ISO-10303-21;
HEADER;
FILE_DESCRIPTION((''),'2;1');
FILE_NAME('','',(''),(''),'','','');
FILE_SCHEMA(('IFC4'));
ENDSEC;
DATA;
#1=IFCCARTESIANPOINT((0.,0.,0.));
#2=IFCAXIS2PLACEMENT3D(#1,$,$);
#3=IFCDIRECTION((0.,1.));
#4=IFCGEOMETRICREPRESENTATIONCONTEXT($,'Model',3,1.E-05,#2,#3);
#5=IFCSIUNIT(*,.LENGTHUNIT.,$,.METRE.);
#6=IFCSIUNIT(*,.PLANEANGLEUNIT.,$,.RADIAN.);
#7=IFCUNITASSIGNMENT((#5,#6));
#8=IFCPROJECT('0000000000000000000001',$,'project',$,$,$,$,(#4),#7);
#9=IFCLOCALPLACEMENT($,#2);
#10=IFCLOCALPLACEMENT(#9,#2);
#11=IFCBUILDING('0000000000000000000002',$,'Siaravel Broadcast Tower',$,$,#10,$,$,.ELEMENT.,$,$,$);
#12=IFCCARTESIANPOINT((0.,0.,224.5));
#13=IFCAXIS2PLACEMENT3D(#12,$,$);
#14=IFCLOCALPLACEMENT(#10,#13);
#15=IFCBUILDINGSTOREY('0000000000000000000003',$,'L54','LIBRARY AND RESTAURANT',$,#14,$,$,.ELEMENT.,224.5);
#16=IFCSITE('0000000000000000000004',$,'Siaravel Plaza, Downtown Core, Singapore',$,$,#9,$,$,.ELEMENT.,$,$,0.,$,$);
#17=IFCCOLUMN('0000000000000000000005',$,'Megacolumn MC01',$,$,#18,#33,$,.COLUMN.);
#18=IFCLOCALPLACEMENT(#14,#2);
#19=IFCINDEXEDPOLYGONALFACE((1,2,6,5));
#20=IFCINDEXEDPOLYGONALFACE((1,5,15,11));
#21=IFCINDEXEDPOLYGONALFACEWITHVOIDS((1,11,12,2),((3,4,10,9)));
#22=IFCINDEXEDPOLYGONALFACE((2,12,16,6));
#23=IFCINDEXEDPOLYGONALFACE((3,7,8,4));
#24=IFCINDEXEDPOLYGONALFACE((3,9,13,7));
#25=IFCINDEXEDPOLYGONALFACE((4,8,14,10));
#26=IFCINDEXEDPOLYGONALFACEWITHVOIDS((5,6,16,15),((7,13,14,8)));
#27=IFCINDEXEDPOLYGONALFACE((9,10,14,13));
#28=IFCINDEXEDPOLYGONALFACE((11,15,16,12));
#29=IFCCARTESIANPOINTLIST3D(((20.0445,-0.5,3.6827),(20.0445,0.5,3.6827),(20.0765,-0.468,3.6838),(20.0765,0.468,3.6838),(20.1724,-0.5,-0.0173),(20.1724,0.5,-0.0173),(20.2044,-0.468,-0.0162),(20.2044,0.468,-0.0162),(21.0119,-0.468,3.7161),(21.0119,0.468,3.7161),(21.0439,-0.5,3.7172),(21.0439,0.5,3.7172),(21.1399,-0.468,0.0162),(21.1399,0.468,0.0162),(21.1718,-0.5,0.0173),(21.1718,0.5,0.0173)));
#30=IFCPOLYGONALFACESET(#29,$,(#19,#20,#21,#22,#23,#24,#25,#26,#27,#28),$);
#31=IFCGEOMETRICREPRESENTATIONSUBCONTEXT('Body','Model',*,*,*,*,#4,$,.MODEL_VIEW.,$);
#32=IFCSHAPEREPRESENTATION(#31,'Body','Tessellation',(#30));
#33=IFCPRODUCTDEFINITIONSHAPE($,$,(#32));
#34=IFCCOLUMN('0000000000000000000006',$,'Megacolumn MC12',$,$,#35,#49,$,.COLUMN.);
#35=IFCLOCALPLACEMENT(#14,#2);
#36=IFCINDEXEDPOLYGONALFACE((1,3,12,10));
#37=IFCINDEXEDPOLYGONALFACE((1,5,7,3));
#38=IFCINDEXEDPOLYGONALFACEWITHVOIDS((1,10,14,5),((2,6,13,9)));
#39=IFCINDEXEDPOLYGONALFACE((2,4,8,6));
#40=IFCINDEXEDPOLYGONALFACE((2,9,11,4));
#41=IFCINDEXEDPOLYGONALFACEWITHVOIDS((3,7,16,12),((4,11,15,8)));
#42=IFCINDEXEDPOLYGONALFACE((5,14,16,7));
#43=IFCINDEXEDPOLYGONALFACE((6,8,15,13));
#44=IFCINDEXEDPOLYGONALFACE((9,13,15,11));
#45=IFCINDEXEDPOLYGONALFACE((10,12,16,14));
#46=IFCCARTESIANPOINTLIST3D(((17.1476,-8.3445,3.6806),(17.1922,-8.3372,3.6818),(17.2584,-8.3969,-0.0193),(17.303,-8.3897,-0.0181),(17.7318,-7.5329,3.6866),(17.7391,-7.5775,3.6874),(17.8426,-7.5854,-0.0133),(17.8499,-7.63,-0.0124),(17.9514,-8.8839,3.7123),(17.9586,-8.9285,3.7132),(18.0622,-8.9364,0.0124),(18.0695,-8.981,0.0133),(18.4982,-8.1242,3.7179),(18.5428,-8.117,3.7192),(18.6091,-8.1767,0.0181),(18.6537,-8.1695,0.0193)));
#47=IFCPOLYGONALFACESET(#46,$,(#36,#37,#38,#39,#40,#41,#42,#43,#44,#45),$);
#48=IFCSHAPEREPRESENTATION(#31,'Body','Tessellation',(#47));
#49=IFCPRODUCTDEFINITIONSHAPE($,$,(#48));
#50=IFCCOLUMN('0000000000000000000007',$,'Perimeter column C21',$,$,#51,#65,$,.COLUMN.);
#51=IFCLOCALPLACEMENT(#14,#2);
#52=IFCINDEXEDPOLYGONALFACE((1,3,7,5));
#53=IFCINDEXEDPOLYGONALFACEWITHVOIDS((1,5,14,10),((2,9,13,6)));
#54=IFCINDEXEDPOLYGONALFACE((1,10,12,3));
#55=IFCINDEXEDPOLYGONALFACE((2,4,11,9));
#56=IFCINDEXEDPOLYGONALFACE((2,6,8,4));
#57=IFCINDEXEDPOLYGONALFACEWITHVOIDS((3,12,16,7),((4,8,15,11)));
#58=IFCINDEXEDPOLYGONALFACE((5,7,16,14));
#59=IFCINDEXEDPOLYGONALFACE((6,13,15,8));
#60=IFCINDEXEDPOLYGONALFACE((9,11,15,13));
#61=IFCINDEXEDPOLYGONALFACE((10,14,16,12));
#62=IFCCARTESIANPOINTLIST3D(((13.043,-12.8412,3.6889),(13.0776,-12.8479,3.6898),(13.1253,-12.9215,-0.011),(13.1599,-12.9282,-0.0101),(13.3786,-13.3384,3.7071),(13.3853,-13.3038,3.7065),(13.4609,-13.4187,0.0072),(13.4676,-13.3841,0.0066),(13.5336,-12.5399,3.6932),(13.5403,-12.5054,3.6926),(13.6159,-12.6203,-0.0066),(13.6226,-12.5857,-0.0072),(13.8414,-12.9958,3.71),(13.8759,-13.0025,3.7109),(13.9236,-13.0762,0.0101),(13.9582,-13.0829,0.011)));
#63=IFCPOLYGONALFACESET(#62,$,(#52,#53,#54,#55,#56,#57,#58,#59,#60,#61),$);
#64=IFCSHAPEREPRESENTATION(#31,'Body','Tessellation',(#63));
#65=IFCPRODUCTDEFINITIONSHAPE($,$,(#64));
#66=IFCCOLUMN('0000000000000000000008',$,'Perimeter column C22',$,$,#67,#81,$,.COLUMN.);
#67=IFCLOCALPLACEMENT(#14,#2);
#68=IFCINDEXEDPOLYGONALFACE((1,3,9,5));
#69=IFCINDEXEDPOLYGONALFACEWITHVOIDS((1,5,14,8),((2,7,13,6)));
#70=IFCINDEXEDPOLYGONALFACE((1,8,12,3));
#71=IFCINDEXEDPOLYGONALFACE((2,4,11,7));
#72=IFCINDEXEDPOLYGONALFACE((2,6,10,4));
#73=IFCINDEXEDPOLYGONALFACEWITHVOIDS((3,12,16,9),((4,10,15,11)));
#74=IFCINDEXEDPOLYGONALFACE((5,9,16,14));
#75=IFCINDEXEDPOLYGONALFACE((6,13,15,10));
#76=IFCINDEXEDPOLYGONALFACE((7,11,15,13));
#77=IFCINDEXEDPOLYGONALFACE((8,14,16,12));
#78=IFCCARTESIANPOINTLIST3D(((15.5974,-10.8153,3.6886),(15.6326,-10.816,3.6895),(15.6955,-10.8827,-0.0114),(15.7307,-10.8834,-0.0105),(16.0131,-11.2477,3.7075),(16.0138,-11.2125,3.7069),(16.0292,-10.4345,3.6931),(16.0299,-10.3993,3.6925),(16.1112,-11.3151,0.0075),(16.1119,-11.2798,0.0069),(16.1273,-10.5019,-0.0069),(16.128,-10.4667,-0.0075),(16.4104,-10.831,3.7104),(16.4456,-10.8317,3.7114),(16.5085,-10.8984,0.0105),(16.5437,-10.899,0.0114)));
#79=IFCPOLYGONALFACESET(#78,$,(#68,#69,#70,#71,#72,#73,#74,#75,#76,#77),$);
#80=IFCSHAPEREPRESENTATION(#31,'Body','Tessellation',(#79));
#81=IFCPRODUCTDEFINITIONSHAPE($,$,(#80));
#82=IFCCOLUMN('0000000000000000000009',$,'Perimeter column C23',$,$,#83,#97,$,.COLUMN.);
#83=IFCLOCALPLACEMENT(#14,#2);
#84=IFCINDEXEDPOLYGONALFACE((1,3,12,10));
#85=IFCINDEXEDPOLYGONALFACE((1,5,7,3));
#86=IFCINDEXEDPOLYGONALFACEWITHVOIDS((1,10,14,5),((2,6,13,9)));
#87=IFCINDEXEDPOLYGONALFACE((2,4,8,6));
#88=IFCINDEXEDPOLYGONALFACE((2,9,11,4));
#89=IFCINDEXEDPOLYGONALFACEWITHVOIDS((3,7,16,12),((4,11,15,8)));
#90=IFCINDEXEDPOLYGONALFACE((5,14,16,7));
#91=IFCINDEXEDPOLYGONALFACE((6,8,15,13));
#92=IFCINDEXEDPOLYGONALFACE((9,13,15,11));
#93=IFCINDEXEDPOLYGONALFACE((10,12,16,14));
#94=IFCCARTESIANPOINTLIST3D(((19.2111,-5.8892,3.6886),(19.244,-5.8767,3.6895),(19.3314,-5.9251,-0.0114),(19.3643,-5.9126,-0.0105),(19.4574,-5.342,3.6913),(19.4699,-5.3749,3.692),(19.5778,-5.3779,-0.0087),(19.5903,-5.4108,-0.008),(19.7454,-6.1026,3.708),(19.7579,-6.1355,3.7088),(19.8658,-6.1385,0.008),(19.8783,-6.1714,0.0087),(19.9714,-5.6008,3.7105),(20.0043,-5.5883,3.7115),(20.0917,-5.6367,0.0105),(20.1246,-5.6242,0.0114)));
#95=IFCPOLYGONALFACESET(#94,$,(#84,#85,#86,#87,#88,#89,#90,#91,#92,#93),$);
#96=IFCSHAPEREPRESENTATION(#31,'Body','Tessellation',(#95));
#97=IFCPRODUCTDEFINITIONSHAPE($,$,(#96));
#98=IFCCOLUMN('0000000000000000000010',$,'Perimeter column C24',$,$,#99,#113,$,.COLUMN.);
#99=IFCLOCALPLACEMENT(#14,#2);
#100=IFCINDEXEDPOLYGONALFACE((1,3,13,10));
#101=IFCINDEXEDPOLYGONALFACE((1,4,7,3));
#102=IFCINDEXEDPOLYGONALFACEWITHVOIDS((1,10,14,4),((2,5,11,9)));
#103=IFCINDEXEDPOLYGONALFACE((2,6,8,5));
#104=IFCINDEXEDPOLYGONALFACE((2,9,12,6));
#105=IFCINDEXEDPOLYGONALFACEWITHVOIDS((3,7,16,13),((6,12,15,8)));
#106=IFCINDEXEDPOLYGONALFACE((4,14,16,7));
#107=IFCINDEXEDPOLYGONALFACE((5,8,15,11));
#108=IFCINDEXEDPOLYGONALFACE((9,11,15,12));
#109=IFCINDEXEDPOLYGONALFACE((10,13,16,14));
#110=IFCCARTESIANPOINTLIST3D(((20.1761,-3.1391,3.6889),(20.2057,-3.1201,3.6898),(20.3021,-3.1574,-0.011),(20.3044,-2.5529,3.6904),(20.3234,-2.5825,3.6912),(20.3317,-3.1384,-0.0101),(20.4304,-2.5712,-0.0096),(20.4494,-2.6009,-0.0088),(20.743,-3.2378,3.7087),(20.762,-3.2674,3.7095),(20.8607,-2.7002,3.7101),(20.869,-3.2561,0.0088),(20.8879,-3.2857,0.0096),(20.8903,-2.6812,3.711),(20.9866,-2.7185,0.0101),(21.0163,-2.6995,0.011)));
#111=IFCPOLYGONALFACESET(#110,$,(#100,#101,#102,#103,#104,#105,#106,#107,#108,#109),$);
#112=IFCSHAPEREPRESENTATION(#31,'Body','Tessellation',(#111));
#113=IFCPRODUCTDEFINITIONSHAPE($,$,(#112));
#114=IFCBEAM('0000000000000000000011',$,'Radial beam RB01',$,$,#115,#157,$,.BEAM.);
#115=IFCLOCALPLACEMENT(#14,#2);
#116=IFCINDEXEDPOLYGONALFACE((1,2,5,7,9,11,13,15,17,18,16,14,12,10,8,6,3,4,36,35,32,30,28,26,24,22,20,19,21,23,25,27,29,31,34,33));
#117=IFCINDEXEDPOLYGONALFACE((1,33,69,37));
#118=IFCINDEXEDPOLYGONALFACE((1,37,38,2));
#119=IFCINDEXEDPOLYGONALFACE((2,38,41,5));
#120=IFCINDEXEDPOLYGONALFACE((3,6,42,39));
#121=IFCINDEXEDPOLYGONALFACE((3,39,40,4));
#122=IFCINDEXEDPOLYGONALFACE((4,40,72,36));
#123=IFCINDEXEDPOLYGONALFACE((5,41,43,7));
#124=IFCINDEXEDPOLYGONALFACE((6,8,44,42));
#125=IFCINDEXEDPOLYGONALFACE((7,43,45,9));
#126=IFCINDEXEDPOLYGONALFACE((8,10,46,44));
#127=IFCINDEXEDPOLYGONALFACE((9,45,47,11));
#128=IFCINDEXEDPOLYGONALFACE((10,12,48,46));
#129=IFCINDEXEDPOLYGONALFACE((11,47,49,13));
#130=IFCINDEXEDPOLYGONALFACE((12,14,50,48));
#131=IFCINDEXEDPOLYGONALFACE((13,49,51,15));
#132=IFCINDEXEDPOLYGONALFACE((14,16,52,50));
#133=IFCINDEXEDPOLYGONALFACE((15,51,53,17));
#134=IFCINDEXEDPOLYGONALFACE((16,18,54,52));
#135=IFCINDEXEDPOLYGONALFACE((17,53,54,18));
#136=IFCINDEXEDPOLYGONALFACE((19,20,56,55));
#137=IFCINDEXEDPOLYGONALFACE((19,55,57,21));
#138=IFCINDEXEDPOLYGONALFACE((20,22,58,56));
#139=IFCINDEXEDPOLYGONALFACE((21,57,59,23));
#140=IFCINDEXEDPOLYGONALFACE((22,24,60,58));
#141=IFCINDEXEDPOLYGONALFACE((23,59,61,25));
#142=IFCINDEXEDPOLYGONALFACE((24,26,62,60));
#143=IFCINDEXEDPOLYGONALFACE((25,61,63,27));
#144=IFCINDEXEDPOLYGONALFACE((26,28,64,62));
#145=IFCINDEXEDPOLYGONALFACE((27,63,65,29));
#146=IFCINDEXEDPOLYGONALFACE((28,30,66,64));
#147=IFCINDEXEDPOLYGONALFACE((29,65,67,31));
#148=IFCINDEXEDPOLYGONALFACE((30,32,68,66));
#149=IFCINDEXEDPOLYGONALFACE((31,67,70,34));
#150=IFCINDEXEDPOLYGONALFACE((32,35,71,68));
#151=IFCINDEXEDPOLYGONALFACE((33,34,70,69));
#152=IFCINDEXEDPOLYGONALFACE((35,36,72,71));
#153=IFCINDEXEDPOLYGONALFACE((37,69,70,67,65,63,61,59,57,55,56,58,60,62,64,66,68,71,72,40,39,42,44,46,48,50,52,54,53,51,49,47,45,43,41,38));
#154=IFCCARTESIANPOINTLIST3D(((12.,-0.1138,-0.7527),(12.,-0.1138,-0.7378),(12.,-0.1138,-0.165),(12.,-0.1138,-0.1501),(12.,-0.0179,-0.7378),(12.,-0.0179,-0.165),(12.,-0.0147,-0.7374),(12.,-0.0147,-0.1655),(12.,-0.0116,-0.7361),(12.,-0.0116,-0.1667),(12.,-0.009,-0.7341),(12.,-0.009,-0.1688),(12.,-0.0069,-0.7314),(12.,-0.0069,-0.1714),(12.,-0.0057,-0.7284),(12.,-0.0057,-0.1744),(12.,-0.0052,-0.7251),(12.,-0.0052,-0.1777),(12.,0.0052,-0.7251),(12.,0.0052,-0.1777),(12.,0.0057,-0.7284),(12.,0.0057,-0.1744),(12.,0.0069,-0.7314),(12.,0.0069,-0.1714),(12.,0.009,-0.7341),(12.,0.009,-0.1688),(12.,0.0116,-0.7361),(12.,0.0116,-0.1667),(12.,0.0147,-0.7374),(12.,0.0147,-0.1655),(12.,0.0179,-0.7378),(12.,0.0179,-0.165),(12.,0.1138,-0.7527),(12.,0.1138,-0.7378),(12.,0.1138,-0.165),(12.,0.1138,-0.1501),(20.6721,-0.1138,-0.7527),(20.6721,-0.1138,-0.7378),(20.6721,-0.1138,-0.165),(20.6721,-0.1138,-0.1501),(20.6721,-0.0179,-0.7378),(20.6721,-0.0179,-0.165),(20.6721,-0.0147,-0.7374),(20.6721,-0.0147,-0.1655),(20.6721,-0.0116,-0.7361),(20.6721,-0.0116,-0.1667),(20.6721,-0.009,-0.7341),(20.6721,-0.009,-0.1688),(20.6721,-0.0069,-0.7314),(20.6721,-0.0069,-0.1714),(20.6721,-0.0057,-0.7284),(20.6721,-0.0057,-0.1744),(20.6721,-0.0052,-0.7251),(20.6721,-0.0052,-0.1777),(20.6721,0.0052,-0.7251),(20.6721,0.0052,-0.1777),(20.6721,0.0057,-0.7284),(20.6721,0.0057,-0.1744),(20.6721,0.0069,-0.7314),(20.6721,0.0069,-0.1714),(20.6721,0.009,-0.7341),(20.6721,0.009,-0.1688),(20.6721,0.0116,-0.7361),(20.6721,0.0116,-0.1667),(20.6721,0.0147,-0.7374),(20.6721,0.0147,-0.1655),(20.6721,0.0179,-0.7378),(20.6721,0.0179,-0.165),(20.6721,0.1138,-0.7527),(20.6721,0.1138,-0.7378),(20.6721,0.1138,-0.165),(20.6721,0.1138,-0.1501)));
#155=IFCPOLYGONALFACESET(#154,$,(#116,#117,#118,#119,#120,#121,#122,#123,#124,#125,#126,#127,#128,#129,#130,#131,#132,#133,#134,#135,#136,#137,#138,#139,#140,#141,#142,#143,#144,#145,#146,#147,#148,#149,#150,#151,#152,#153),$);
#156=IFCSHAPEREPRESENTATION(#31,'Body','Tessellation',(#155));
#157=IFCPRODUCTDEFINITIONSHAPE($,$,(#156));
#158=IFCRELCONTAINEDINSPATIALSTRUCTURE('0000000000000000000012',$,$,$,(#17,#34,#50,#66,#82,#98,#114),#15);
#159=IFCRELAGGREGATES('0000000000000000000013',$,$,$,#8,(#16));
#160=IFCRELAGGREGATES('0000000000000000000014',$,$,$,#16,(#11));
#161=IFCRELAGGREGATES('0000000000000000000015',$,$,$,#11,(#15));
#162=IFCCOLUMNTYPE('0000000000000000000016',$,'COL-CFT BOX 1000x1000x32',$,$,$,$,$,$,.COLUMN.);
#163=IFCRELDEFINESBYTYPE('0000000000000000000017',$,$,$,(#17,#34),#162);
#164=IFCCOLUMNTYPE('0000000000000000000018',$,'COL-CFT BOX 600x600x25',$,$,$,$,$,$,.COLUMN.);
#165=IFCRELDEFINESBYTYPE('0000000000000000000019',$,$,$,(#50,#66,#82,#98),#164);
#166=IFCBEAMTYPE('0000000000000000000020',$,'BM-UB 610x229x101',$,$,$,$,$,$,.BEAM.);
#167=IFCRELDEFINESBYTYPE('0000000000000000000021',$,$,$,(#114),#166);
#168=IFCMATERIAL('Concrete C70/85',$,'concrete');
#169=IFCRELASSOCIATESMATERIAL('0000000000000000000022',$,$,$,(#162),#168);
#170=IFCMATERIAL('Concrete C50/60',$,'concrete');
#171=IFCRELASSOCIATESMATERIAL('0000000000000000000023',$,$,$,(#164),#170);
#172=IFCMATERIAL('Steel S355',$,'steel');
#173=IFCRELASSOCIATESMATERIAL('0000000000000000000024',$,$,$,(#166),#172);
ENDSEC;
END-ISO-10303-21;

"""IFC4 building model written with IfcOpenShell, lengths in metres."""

from ifc_helpers import new_model, si_unit, direction, frame, origin, origin_2d, place, context, subcontext, project, spatial, hollow_rectangle, i_section, extrude, material, material_profile, profile_set, type_object, element, save


model = new_model("IFC4")

# Units and contexts
model_context = context("Model", 3, precision=1e-05, world=origin(), true_north=direction((0.0, 1.0)))
body_context = subcontext(model_context, "Body", "Model", "MODEL_VIEW")
ifc_project = project(units=[si_unit("LENGTHUNIT", "METRE"), si_unit("PLANEANGLEUNIT", "RADIAN")], contexts=[model_context])

# Site, building, storey
site_placement = place(None, origin())
site = spatial("IfcSite", under=ifc_project, at=site_placement, Name="Siaravel Plaza, Downtown Core, Singapore", CompositionType="ELEMENT", RefElevation=0.0)
building_placement = place(site_placement, origin())
building = spatial("IfcBuilding", under=site, at=building_placement, Name="Siaravel Broadcast Tower", CompositionType="ELEMENT")
storey_placement = place(building_placement, frame((0.0, 0.0, 224.5)))
storey = spatial("IfcBuildingStorey", under=building, at=storey_placement, Name="L54", Description="LIBRARY AND RESTAURANT", CompositionType="ELEMENT", Elevation=224.5)

# Columns
ifc_material_1 = material(Name="Concrete C70/85", Category="concrete")
ifc_material_profile_1 = material_profile(ifc_material_1, hollow_rectangle(XDim=1.0, YDim=1.0, WallThickness=0.032, at=origin_2d()))
ifc_profile_set_1 = profile_set([ifc_material_profile_1], Name="Concrete C70/85")
column_type_1 = type_object("IfcColumnType", Name="COL-CFT BOX 1000x1000x32", PredefinedType="COLUMN", material=ifc_profile_set_1)
column_1_placement = place(storey_placement, frame((20.6721, 0.0, 0.0), z_axis=(-0.034555, 0.0, 0.999403), x_axis=(0.0, -1.0, 0.0)))
element("IfcColumn", 1, at=column_1_placement, inside=storey, type_object=column_type_1, Name="Megacolumn MC01", PredefinedType="COLUMN", context=body_context, shape_type="SweptSolid", body=[
    extrude(hollow_rectangle(XDim=1.0, YDim=1.0, WallThickness=0.032, at=origin_2d()), origin(), (0.0, 0.0, 1.0), 3.7021),
])
column_2_placement = place(storey_placement, frame((17.9561, -8.2832, 0.0), z_axis=(-0.029941, 0.014179, 0.999451), x_axis=(-0.584227, -0.811568, -0.005988)))
element("IfcColumn", 2, at=column_2_placement, inside=storey, type_object=column_type_1, Name="Megacolumn MC12", PredefinedType="COLUMN", context=body_context, shape_type="SweptSolid", body=[
    extrude(hollow_rectangle(XDim=1.0, YDim=1.0, WallThickness=0.032, at=origin_2d()), origin(), (0.0, 0.0, 1.0), 3.7019),
])
ifc_material_2 = material(Name="Concrete C50/60", Category="concrete")
ifc_material_profile_2 = material_profile(ifc_material_2, hollow_rectangle(XDim=0.6001, YDim=0.6001, WallThickness=0.0249, at=origin_2d()))
ifc_profile_set_2 = profile_set([ifc_material_profile_2], Name="Concrete C50/60")
column_type_2 = type_object("IfcColumnType", Name="COL-CFT BOX 600x600x25", PredefinedType="COLUMN", material=ifc_profile_set_2)
column_3_placement = place(storey_placement, frame((13.5417, -13.0022, 0.0), z_axis=(-0.022226, 0.021699, 0.999517), x_axis=(-0.828722, -0.559626, -0.006279)))
element("IfcColumn", 3, at=column_3_placement, inside=storey, type_object=column_type_2, Name="Perimeter column C21", PredefinedType="COLUMN", context=body_context, shape_type="SweptSolid", body=[
    extrude(hollow_rectangle(XDim=0.6001, YDim=0.6001, WallThickness=0.0249, at=origin_2d()), origin(), (0.0, 0.0, 1.0), 3.7017),
])
column_4_placement = place(storey_placement, frame((16.1196, -10.8909, 0.0), z_axis=(-0.026512, 0.018202, 0.999483), x_axis=(-0.720685, -0.693232, -0.006492)))
element("IfcColumn", 4, at=column_4_placement, inside=storey, type_object=column_type_2, Name="Perimeter column C22", PredefinedType="COLUMN", context=body_context, shape_type="SweptSolid", body=[
    extrude(hollow_rectangle(XDim=0.6001, YDim=0.6001, WallThickness=0.0249, at=origin_2d()), origin(), (0.0, 0.0, 1.0), 3.7019),
])
for number, where, z_axis, x_axis, name in (
    (5, (19.728, -5.7747, 0.0), (-0.032512, 0.009694, 0.999424), (-0.41057, -0.911818, -0.004512), "Perimeter column C23"),
    (6, (20.6592, -2.9285, 0.0), (-0.034028, 0.004946, 0.999409), (-0.213841, -0.976865, -0.002447), "Perimeter column C24"),
):
    element("IfcColumn", number, at=place(storey_placement, frame(where, z_axis=z_axis, x_axis=x_axis)), inside=storey, type_object=column_type_2, Name=name, PredefinedType="COLUMN", context=body_context, shape_type="SweptSolid", body=[
        extrude(hollow_rectangle(XDim=0.6001, YDim=0.6001, WallThickness=0.0249, at=origin_2d()), origin(), (0.0, 0.0, 1.0), 3.7021),
    ])

# Beam
ifc_material_3 = material(Name="Steel S355", Category="steel")
ifc_material_profile_3 = material_profile(ifc_material_3, i_section(OverallWidth=0.2275, OverallDepth=0.6025, WebThickness=0.0105, FlangeThickness=0.0149, FilletRadius=0.0127, at=origin_2d()))
ifc_profile_set_3 = profile_set([ifc_material_profile_3], Name="Steel S355")
beam_type = type_object("IfcBeamType", Name="BM-UB 610x229x101", PredefinedType="BEAM", material=ifc_profile_set_3)
beam_1_placement = place(storey_placement, frame((20.6721, 0.0, -0.4514), z_axis=(-1.0, 0.0, 0.0), x_axis=(0.0, -1.0, 0.0)))
element("IfcBeam", 7, at=beam_1_placement, inside=storey, type_object=beam_type, Name="Radial beam RB01", PredefinedType="BEAM", context=body_context, shape_type="SweptSolid", body=[
    extrude(i_section(OverallWidth=0.2275, OverallDepth=0.6025, WebThickness=0.0105, FlangeThickness=0.0149, FilletRadius=0.0127, at=origin_2d()), origin(), (0.0, 0.0, 1.0), 8.6721),
])

save(model, "model.ifc")
